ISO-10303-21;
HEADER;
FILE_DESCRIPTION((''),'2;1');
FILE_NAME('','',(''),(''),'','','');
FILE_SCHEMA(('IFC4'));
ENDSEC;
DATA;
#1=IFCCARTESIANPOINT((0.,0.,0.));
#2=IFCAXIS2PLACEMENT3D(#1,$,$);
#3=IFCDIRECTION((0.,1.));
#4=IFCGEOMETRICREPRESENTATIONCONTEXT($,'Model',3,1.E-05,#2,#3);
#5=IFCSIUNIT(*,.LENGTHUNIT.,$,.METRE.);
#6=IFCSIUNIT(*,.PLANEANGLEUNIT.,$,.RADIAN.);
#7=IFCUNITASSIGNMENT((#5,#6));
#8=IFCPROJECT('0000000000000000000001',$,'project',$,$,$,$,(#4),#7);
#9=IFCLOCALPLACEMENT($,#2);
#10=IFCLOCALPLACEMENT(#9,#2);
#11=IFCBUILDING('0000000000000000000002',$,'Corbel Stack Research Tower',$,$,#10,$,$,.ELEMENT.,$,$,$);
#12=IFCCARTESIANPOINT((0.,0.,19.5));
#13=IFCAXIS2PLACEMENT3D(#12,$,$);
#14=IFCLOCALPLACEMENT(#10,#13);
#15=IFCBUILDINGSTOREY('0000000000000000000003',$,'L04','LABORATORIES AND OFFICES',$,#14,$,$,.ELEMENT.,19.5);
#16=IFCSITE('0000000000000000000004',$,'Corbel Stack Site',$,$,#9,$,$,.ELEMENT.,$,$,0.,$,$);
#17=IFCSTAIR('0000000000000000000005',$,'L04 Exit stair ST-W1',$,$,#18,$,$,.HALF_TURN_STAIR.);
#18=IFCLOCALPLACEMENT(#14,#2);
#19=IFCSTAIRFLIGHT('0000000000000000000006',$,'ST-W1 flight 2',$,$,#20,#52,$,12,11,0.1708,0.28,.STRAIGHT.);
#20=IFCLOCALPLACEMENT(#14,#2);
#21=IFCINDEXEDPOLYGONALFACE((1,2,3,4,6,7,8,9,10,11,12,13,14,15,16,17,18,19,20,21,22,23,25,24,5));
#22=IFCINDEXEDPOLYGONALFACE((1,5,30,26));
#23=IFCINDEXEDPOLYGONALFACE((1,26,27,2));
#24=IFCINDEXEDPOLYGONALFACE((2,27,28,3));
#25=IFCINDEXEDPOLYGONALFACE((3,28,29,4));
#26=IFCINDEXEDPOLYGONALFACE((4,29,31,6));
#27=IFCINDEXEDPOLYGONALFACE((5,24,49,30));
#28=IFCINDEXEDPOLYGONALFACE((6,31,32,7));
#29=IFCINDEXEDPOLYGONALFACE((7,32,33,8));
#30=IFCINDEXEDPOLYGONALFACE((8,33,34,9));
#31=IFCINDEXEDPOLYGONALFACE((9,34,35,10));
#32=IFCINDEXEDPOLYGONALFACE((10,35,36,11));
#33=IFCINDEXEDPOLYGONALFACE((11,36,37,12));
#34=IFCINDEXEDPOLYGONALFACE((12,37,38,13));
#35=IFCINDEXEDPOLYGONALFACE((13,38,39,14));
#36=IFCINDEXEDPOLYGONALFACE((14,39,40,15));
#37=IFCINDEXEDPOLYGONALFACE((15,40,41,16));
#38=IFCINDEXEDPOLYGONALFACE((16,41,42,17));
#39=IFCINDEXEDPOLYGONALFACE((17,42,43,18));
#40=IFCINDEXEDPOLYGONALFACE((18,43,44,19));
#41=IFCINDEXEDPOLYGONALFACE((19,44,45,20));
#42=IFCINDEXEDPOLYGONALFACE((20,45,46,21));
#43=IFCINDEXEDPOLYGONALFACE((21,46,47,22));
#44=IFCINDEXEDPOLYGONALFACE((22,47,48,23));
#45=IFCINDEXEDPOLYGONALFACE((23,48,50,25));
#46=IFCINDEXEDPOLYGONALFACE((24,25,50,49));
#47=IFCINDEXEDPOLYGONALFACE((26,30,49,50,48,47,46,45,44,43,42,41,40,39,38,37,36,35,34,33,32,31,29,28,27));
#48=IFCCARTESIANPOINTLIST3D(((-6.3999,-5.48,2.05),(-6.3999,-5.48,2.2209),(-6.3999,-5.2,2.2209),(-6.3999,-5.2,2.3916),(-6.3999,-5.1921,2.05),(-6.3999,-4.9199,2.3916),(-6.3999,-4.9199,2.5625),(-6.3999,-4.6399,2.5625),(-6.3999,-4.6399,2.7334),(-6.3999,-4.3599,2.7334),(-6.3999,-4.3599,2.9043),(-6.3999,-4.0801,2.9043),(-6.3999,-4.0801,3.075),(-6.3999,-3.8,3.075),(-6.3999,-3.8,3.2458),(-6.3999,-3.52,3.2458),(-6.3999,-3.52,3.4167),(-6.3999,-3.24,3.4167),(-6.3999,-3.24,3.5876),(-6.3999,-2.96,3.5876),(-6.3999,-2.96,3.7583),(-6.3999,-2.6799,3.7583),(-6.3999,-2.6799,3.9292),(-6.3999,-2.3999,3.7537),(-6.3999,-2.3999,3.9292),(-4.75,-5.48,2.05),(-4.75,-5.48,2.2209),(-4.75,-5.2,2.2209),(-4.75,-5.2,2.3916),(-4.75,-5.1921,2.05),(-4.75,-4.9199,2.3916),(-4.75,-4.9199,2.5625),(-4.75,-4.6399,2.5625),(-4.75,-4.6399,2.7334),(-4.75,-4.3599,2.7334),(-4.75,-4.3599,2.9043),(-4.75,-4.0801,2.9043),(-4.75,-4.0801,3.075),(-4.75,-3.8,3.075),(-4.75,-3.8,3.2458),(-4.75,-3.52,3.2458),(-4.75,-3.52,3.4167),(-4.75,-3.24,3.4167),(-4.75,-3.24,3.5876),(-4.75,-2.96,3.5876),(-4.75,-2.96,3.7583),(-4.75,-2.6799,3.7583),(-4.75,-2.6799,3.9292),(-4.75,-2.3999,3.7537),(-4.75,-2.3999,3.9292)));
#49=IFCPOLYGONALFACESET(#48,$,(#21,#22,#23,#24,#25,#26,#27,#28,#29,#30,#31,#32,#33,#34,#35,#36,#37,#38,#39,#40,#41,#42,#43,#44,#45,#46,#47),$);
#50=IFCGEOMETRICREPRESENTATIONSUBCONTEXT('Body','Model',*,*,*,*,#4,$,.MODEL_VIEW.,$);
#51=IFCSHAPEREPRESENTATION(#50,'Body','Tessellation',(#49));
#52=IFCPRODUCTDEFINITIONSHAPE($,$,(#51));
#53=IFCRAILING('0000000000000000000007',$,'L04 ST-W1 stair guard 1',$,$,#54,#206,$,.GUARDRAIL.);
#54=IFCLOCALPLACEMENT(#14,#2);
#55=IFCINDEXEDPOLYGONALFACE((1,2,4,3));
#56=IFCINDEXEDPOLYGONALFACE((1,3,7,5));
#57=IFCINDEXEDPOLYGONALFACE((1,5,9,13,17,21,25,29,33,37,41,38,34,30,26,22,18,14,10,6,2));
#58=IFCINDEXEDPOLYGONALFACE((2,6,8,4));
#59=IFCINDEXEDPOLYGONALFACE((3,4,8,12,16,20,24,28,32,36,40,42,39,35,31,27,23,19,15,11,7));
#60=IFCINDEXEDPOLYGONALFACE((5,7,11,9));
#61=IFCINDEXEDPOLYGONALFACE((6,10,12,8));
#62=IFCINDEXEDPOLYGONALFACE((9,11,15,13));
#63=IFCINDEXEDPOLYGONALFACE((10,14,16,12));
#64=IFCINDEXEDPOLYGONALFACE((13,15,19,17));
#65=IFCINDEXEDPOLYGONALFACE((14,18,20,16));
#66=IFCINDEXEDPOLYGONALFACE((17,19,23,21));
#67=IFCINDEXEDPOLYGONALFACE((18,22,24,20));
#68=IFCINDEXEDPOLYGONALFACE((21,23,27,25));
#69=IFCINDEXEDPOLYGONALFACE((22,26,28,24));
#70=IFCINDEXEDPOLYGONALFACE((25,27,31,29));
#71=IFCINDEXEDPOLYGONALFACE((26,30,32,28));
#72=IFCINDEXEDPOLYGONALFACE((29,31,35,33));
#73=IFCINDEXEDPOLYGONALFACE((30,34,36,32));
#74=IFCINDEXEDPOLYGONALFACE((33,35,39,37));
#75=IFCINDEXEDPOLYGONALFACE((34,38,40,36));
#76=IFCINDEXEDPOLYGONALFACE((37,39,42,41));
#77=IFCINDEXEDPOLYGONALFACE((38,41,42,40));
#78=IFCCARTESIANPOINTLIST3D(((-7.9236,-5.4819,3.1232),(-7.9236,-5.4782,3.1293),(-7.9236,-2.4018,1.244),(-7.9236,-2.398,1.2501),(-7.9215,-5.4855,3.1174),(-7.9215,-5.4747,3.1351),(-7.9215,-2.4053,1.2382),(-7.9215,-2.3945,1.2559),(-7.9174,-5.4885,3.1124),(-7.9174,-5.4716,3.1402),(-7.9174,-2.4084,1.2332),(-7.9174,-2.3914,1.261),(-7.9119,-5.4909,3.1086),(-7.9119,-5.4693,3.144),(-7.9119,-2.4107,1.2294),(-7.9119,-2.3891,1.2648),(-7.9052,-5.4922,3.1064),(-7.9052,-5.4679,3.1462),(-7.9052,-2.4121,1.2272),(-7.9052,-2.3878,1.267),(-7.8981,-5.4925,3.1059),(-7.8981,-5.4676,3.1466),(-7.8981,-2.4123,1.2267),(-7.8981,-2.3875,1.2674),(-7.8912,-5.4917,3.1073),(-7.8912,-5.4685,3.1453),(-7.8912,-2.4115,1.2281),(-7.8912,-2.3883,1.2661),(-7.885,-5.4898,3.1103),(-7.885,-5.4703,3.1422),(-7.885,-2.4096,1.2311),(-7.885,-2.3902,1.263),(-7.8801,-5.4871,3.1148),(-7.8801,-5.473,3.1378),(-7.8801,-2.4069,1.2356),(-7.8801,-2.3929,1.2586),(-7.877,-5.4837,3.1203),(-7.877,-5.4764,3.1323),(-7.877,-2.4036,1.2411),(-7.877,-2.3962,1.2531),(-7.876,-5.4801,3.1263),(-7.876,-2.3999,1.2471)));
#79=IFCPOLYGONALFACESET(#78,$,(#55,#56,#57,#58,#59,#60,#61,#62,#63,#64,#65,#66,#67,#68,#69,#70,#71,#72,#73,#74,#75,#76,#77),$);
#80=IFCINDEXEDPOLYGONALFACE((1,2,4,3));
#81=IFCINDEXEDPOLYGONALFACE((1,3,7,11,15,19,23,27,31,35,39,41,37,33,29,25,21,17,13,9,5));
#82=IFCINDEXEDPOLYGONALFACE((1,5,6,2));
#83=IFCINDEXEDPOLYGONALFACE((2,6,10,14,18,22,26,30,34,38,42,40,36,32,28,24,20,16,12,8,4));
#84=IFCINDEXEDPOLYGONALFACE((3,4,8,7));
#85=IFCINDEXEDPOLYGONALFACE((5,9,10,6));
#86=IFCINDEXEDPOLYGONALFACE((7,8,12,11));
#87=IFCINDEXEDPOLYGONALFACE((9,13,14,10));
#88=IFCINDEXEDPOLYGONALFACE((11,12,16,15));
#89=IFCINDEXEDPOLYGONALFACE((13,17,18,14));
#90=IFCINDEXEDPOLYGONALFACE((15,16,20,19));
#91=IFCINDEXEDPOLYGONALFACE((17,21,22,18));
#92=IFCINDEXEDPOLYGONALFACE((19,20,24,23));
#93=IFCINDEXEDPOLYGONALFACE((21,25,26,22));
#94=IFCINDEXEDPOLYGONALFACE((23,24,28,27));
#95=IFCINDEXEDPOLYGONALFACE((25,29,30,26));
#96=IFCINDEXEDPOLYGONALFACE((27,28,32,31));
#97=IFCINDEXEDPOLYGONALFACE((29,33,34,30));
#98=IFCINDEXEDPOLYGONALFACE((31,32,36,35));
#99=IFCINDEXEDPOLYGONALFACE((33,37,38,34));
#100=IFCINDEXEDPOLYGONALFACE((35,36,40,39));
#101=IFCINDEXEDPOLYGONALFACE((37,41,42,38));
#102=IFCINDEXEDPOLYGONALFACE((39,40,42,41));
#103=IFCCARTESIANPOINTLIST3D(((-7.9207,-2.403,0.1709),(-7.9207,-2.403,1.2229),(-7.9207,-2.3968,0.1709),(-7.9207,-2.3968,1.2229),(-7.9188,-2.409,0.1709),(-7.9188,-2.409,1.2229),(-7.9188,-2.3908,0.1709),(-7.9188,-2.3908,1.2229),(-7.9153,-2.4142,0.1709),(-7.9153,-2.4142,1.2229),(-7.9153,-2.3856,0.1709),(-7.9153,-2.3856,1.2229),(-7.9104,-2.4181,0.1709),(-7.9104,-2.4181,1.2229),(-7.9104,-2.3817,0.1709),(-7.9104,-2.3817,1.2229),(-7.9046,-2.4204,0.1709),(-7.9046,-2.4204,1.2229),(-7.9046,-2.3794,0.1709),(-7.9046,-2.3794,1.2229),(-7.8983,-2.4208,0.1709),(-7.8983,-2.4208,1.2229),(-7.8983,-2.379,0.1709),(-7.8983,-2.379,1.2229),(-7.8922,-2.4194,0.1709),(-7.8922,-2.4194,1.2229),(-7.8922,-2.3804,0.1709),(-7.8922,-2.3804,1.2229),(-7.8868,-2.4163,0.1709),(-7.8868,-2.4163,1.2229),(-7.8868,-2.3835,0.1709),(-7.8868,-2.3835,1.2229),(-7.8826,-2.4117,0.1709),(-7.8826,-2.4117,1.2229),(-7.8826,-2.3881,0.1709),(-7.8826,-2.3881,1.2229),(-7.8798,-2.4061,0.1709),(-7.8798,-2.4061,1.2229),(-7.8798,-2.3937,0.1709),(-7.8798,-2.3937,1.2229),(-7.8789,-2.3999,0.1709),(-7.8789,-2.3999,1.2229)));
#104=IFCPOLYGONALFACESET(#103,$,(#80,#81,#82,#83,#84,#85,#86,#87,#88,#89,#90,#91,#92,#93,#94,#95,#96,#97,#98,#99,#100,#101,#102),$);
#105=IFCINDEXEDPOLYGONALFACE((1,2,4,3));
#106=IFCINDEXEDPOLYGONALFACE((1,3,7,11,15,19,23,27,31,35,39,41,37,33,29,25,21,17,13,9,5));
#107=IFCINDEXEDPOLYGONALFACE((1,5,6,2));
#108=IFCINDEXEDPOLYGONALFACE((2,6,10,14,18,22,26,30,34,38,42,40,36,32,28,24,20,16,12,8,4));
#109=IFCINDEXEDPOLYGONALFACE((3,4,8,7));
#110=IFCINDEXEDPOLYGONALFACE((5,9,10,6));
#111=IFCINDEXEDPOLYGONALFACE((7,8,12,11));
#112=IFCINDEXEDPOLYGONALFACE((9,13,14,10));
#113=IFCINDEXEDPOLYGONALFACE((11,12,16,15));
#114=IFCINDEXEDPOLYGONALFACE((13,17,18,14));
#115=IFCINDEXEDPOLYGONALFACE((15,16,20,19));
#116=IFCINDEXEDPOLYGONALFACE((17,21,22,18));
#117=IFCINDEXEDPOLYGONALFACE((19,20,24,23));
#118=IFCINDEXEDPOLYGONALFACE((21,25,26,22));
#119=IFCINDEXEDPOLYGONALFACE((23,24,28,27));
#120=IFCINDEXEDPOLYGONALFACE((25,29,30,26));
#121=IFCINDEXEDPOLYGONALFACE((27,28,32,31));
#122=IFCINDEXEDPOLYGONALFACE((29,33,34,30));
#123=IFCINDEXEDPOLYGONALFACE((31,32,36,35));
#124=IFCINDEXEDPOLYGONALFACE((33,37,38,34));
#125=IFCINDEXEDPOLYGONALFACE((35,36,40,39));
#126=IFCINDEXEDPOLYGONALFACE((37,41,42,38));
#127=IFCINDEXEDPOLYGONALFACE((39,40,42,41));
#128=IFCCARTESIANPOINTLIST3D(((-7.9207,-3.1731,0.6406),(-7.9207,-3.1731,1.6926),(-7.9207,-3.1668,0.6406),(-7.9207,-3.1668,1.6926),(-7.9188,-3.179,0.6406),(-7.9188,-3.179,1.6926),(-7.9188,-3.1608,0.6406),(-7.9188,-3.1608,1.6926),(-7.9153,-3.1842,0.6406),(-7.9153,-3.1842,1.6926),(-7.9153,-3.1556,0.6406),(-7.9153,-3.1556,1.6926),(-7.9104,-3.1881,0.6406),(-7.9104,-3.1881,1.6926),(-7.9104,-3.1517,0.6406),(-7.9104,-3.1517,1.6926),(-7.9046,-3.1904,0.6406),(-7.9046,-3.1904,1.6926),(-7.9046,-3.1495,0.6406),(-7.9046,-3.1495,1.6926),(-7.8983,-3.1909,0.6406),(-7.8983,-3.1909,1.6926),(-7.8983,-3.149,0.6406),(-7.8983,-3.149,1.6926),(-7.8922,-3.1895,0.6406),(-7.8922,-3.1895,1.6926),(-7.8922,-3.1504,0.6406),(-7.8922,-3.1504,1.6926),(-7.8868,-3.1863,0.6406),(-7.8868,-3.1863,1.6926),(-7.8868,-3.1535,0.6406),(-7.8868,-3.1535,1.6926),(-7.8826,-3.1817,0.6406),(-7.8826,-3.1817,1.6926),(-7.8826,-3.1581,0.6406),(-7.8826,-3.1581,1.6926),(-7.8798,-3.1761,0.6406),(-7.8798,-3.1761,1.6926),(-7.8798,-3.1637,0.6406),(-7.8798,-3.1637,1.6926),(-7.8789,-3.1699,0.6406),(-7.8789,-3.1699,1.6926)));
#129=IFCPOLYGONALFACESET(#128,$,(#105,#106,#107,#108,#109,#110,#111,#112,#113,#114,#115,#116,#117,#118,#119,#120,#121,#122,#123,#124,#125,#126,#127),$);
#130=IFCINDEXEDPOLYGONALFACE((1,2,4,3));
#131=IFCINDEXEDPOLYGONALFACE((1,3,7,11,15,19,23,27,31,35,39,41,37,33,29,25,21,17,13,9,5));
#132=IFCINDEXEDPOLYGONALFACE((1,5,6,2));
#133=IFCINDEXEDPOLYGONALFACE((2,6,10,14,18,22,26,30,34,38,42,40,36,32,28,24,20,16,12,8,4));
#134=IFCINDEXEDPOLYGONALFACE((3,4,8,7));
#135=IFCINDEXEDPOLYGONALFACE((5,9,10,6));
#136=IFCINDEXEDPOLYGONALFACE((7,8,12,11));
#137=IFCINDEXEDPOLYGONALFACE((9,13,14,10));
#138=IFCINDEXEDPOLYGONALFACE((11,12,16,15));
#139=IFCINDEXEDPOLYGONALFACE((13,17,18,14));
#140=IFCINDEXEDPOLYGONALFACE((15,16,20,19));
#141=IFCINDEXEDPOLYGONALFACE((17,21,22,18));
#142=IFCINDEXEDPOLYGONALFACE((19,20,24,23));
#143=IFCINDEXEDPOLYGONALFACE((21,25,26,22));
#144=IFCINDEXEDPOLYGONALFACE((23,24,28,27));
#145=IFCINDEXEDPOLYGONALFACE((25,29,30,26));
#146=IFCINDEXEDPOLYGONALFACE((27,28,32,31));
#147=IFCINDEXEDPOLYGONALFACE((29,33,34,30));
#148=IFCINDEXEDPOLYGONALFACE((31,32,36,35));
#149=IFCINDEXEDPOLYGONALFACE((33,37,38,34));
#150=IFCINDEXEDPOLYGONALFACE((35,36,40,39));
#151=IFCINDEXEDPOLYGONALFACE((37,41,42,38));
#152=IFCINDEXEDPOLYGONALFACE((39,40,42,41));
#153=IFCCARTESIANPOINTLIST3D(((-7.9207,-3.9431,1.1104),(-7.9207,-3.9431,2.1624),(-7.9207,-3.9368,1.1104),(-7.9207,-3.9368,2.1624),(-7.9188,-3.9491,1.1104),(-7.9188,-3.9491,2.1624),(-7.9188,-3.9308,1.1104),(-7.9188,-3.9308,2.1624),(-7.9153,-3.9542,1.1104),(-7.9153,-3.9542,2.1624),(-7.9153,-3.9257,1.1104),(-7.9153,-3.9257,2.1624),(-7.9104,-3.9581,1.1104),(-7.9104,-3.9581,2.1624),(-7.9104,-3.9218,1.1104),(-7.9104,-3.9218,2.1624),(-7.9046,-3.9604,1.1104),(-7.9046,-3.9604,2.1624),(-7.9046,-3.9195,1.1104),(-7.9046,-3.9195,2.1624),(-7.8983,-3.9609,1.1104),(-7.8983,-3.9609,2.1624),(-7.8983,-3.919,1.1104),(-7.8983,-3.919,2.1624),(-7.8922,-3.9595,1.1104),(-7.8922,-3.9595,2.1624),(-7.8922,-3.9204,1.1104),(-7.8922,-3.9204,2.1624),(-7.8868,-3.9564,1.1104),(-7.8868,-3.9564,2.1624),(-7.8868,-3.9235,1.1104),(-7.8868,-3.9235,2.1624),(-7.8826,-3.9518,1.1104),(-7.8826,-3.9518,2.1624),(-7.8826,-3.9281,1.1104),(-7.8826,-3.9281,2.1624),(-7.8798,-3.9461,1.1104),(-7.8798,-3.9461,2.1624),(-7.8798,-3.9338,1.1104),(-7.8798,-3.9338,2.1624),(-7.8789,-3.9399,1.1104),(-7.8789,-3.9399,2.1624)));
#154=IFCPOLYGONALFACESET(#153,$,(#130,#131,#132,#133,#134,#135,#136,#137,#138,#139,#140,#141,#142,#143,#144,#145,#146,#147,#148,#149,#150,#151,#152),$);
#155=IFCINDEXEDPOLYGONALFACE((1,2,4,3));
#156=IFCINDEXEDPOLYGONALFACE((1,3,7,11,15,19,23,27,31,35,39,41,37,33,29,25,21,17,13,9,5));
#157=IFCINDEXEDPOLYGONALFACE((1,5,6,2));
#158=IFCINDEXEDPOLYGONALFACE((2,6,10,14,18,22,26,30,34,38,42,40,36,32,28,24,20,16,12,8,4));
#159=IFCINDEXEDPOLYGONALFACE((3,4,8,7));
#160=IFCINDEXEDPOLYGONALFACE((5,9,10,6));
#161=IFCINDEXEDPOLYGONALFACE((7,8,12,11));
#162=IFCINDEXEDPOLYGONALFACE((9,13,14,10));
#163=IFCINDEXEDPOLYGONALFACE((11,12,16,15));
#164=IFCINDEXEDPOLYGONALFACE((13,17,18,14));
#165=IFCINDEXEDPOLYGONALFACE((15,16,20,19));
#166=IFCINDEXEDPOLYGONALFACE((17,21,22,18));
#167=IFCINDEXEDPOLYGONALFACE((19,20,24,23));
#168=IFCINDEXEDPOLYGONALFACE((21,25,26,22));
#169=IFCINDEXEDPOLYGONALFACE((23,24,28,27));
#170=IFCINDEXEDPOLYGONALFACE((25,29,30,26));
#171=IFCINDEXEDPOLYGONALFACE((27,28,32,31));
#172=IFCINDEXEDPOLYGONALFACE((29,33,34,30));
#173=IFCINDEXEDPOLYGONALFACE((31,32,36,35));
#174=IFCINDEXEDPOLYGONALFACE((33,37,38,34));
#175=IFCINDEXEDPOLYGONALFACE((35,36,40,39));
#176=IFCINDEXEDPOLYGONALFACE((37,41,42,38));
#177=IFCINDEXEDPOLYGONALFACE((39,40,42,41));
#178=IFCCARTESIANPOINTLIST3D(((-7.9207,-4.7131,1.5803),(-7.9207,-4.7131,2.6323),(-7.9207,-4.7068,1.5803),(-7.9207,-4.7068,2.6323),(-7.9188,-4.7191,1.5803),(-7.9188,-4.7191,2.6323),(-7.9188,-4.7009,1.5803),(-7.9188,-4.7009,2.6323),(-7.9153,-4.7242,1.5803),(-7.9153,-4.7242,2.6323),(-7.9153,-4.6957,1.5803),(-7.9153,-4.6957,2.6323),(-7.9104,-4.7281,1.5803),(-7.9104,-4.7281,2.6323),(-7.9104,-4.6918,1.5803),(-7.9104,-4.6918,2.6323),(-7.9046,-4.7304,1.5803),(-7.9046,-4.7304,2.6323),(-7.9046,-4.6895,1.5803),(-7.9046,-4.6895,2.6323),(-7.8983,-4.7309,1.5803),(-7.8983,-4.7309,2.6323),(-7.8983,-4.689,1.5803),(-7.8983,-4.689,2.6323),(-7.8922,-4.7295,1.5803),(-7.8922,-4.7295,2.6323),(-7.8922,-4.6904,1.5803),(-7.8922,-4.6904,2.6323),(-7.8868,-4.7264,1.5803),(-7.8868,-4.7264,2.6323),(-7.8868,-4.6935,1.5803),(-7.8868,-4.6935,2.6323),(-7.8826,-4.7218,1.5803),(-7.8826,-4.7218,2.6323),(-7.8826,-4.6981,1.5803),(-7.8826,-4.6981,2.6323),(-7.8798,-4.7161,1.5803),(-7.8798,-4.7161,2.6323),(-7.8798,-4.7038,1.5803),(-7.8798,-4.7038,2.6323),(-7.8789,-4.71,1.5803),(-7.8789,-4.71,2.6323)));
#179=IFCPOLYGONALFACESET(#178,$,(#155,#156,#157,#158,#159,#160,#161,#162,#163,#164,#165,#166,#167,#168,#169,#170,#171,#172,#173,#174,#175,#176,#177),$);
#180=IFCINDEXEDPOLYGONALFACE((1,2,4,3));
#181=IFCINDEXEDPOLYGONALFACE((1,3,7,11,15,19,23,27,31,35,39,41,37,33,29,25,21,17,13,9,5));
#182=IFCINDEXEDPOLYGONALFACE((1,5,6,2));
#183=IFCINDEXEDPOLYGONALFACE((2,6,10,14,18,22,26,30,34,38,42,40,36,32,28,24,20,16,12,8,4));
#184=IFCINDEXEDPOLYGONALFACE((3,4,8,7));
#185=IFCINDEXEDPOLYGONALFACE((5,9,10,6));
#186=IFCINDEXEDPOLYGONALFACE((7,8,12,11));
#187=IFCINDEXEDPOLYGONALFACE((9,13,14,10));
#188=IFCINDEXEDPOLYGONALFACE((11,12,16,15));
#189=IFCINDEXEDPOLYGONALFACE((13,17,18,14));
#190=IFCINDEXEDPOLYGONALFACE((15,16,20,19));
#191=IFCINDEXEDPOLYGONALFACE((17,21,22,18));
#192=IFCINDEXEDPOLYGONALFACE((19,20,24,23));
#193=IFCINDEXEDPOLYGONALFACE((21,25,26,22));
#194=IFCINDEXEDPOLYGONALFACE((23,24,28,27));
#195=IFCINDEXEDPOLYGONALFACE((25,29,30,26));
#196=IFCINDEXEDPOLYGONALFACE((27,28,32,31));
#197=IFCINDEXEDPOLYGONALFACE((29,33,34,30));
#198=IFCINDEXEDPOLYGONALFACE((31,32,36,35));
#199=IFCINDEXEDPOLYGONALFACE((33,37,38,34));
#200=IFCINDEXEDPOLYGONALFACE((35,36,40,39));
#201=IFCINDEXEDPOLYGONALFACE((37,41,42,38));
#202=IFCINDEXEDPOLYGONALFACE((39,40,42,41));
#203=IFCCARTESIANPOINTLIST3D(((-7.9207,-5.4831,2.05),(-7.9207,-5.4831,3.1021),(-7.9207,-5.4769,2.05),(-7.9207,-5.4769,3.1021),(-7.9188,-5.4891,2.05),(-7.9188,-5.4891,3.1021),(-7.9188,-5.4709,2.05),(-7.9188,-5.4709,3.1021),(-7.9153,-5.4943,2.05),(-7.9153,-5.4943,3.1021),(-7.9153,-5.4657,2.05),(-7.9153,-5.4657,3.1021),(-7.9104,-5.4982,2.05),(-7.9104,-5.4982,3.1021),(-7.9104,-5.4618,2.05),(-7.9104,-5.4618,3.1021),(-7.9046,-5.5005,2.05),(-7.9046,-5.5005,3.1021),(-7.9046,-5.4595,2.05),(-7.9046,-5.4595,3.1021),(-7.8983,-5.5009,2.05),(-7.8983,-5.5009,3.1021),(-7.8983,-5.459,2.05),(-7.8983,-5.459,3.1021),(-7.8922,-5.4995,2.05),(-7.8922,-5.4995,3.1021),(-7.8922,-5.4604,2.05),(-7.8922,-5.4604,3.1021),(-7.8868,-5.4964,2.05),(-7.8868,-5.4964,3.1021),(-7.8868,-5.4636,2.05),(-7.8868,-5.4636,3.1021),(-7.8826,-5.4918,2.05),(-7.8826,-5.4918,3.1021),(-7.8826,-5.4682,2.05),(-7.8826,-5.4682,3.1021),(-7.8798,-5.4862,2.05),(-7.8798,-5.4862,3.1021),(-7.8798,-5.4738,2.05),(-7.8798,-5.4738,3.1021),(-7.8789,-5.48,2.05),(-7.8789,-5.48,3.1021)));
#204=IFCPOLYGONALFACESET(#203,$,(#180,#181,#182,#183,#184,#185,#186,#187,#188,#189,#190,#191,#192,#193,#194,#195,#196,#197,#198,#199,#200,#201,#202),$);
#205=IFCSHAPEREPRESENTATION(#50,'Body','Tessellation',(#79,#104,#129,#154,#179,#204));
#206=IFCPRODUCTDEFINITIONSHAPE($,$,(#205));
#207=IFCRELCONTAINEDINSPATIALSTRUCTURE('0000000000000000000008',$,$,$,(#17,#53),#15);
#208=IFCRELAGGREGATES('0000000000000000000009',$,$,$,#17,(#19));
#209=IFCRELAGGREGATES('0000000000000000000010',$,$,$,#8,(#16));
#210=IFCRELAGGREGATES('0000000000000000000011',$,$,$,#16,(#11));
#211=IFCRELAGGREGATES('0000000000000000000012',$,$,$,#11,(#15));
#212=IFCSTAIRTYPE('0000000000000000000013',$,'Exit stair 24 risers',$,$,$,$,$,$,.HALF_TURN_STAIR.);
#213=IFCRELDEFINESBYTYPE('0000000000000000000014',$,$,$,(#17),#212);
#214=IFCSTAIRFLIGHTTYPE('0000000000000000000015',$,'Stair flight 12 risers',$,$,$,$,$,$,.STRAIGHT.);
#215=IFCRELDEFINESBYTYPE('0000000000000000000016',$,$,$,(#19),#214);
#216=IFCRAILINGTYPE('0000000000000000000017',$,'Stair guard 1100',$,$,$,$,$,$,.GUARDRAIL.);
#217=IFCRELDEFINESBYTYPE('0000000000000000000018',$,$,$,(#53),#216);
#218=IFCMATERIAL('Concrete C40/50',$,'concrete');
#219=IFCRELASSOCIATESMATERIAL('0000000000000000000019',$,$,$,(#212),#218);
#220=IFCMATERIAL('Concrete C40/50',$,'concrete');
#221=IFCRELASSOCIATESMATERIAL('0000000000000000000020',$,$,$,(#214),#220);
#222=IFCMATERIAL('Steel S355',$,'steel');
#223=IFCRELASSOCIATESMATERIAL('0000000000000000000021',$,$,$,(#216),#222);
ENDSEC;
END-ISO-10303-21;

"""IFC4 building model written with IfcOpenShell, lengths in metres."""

from ifc_helpers import new_model, si_unit, direction, frame, origin, origin_2d, place, context, subcontext, project, spatial, polyline, circle, outline, extrude, material, type_object, element, aggregate, save


model = new_model("IFC4")

# Units and contexts
model_context = context("Model", 3, precision=1e-05, world=origin(), true_north=direction((0.0, 1.0)))
body_context = subcontext(model_context, "Body", "Model", "MODEL_VIEW")
ifc_project = project(units=[si_unit("LENGTHUNIT", "METRE"), si_unit("PLANEANGLEUNIT", "RADIAN")], contexts=[model_context])

# Site, building, storey
site_placement = place(None, origin())
site = spatial("IfcSite", under=ifc_project, at=site_placement, Name="Corbel Stack Site", CompositionType="ELEMENT", RefElevation=0.0)
building_placement = place(site_placement, origin())
building = spatial("IfcBuilding", under=site, at=building_placement, Name="Corbel Stack Research Tower", CompositionType="ELEMENT")
storey_placement = place(building_placement, frame((0.0, 0.0, 19.5)))
storey = spatial("IfcBuildingStorey", under=building, at=storey_placement, Name="L04", Description="LABORATORIES AND OFFICES", CompositionType="ELEMENT", Elevation=19.5)

# Stair, stair flight
ifc_material_1 = material(Name="Concrete C40/50", Category="concrete")
stair_type = type_object("IfcStairType", Name="Exit stair 24 risers", PredefinedType="HALF_TURN_STAIR", material=ifc_material_1)
stair_placement = place(storey_placement, origin())
stair = element("IfcStair", 1, at=stair_placement, inside=storey, type_object=stair_type, Name="L04 Exit stair ST-W1", PredefinedType="HALF_TURN_STAIR")
ifc_material_2 = material(Name="Concrete C40/50", Category="concrete")
stair_flight_type = type_object("IfcStairFlightType", Name="Stair flight 12 risers", PredefinedType="STRAIGHT", material=ifc_material_2)
stair_flight_1_placement = place(storey_placement, frame((-5.575, -5.48, 2.05), z_axis=(0.0, 0.0, 1.0), x_axis=(0.0, 1.0, 0.0)))
stair_flight_1 = element("IfcStairFlight", 2, at=stair_flight_1_placement, type_object=stair_flight_type, Name="ST-W1 flight 2", NumberOfRisers=12, NumberOfTreads=11, PredefinedType="STRAIGHT", RiserHeight=0.1708, TreadLength=0.28, context=body_context, shape_type="SweptSolid", body=[
    extrude(outline(polyline([(0.0, 0.0), (0.0, 0.1709), (0.28, 0.1709), (0.28, 0.3416), (0.5601, 0.3416), (0.5601, 0.5125), (0.8401, 0.5125), (0.8401, 0.6833), (1.1201, 0.6833), (1.1201, 0.8542), (1.3999, 0.8542), (1.3999, 1.0249), (1.6799, 1.0249), (1.6799, 1.1958), (1.96, 1.1958), (1.96, 1.3667), (2.24, 1.3667), (2.24, 1.5376), (2.52, 1.5376), (2.52, 1.7083), (2.8, 1.7083), (2.8, 1.8792), (3.0801, 1.8792), (3.0801, 2.05), (3.0801, 1.7036), (0.2878, 0.0), (0.0, 0.0)])), frame((0.0, 0.825, 0.0), z_axis=(0.0, -1.0, 0.0), x_axis=(1.0, 0.0, 0.0)), (0.0, 0.0, 1.0), 1.6499),
])
aggregate(stair, [stair_flight_1])

# Railing
ifc_material_3 = material(Name="Steel S355", Category="steel")
railing_type_1 = type_object("IfcRailingType", Name="Stair guard 1100", PredefinedType="GUARDRAIL", material=ifc_material_3)
railing_1_placement = place(storey_placement, frame((-7.8999, -2.3999, 0.1709)))
element("IfcRailing", 3, at=railing_1_placement, inside=storey, type_object=railing_type_1, Name="L04 ST-W1 stair guard 1", PredefinedType="GUARDRAIL", context=body_context, shape_type="SweptSolid", body=[
    extrude(circle(Radius=0.0239, at=origin_2d()), frame((0.0, 0.0, 1.0762), z_axis=(0.0, -0.853666, 0.52082), x_axis=(1.0, 0.0, 0.0)), (0.0, 0.0, 1.0), 3.6082),
    extrude(circle(Radius=0.021, at=origin_2d()), origin(), (0.0, 0.0, 1.0), 1.052),
    extrude(circle(Radius=0.021, at=origin_2d()), frame((0.0, -0.77, 0.4697)), (0.0, 0.0, 1.0), 1.052),
    extrude(circle(Radius=0.021, at=origin_2d()), frame((0.0, -1.54, 0.9395)), (0.0, 0.0, 1.0), 1.052),
    extrude(circle(Radius=0.021, at=origin_2d()), frame((0.0, -2.3101, 1.4094)), (0.0, 0.0, 1.0), 1.052),
    extrude(circle(Radius=0.021, at=origin_2d()), frame((0.0, -3.0801, 1.8792)), (0.0, 0.0, 1.0), 1.052),
])

save(model, "model.ifc")
